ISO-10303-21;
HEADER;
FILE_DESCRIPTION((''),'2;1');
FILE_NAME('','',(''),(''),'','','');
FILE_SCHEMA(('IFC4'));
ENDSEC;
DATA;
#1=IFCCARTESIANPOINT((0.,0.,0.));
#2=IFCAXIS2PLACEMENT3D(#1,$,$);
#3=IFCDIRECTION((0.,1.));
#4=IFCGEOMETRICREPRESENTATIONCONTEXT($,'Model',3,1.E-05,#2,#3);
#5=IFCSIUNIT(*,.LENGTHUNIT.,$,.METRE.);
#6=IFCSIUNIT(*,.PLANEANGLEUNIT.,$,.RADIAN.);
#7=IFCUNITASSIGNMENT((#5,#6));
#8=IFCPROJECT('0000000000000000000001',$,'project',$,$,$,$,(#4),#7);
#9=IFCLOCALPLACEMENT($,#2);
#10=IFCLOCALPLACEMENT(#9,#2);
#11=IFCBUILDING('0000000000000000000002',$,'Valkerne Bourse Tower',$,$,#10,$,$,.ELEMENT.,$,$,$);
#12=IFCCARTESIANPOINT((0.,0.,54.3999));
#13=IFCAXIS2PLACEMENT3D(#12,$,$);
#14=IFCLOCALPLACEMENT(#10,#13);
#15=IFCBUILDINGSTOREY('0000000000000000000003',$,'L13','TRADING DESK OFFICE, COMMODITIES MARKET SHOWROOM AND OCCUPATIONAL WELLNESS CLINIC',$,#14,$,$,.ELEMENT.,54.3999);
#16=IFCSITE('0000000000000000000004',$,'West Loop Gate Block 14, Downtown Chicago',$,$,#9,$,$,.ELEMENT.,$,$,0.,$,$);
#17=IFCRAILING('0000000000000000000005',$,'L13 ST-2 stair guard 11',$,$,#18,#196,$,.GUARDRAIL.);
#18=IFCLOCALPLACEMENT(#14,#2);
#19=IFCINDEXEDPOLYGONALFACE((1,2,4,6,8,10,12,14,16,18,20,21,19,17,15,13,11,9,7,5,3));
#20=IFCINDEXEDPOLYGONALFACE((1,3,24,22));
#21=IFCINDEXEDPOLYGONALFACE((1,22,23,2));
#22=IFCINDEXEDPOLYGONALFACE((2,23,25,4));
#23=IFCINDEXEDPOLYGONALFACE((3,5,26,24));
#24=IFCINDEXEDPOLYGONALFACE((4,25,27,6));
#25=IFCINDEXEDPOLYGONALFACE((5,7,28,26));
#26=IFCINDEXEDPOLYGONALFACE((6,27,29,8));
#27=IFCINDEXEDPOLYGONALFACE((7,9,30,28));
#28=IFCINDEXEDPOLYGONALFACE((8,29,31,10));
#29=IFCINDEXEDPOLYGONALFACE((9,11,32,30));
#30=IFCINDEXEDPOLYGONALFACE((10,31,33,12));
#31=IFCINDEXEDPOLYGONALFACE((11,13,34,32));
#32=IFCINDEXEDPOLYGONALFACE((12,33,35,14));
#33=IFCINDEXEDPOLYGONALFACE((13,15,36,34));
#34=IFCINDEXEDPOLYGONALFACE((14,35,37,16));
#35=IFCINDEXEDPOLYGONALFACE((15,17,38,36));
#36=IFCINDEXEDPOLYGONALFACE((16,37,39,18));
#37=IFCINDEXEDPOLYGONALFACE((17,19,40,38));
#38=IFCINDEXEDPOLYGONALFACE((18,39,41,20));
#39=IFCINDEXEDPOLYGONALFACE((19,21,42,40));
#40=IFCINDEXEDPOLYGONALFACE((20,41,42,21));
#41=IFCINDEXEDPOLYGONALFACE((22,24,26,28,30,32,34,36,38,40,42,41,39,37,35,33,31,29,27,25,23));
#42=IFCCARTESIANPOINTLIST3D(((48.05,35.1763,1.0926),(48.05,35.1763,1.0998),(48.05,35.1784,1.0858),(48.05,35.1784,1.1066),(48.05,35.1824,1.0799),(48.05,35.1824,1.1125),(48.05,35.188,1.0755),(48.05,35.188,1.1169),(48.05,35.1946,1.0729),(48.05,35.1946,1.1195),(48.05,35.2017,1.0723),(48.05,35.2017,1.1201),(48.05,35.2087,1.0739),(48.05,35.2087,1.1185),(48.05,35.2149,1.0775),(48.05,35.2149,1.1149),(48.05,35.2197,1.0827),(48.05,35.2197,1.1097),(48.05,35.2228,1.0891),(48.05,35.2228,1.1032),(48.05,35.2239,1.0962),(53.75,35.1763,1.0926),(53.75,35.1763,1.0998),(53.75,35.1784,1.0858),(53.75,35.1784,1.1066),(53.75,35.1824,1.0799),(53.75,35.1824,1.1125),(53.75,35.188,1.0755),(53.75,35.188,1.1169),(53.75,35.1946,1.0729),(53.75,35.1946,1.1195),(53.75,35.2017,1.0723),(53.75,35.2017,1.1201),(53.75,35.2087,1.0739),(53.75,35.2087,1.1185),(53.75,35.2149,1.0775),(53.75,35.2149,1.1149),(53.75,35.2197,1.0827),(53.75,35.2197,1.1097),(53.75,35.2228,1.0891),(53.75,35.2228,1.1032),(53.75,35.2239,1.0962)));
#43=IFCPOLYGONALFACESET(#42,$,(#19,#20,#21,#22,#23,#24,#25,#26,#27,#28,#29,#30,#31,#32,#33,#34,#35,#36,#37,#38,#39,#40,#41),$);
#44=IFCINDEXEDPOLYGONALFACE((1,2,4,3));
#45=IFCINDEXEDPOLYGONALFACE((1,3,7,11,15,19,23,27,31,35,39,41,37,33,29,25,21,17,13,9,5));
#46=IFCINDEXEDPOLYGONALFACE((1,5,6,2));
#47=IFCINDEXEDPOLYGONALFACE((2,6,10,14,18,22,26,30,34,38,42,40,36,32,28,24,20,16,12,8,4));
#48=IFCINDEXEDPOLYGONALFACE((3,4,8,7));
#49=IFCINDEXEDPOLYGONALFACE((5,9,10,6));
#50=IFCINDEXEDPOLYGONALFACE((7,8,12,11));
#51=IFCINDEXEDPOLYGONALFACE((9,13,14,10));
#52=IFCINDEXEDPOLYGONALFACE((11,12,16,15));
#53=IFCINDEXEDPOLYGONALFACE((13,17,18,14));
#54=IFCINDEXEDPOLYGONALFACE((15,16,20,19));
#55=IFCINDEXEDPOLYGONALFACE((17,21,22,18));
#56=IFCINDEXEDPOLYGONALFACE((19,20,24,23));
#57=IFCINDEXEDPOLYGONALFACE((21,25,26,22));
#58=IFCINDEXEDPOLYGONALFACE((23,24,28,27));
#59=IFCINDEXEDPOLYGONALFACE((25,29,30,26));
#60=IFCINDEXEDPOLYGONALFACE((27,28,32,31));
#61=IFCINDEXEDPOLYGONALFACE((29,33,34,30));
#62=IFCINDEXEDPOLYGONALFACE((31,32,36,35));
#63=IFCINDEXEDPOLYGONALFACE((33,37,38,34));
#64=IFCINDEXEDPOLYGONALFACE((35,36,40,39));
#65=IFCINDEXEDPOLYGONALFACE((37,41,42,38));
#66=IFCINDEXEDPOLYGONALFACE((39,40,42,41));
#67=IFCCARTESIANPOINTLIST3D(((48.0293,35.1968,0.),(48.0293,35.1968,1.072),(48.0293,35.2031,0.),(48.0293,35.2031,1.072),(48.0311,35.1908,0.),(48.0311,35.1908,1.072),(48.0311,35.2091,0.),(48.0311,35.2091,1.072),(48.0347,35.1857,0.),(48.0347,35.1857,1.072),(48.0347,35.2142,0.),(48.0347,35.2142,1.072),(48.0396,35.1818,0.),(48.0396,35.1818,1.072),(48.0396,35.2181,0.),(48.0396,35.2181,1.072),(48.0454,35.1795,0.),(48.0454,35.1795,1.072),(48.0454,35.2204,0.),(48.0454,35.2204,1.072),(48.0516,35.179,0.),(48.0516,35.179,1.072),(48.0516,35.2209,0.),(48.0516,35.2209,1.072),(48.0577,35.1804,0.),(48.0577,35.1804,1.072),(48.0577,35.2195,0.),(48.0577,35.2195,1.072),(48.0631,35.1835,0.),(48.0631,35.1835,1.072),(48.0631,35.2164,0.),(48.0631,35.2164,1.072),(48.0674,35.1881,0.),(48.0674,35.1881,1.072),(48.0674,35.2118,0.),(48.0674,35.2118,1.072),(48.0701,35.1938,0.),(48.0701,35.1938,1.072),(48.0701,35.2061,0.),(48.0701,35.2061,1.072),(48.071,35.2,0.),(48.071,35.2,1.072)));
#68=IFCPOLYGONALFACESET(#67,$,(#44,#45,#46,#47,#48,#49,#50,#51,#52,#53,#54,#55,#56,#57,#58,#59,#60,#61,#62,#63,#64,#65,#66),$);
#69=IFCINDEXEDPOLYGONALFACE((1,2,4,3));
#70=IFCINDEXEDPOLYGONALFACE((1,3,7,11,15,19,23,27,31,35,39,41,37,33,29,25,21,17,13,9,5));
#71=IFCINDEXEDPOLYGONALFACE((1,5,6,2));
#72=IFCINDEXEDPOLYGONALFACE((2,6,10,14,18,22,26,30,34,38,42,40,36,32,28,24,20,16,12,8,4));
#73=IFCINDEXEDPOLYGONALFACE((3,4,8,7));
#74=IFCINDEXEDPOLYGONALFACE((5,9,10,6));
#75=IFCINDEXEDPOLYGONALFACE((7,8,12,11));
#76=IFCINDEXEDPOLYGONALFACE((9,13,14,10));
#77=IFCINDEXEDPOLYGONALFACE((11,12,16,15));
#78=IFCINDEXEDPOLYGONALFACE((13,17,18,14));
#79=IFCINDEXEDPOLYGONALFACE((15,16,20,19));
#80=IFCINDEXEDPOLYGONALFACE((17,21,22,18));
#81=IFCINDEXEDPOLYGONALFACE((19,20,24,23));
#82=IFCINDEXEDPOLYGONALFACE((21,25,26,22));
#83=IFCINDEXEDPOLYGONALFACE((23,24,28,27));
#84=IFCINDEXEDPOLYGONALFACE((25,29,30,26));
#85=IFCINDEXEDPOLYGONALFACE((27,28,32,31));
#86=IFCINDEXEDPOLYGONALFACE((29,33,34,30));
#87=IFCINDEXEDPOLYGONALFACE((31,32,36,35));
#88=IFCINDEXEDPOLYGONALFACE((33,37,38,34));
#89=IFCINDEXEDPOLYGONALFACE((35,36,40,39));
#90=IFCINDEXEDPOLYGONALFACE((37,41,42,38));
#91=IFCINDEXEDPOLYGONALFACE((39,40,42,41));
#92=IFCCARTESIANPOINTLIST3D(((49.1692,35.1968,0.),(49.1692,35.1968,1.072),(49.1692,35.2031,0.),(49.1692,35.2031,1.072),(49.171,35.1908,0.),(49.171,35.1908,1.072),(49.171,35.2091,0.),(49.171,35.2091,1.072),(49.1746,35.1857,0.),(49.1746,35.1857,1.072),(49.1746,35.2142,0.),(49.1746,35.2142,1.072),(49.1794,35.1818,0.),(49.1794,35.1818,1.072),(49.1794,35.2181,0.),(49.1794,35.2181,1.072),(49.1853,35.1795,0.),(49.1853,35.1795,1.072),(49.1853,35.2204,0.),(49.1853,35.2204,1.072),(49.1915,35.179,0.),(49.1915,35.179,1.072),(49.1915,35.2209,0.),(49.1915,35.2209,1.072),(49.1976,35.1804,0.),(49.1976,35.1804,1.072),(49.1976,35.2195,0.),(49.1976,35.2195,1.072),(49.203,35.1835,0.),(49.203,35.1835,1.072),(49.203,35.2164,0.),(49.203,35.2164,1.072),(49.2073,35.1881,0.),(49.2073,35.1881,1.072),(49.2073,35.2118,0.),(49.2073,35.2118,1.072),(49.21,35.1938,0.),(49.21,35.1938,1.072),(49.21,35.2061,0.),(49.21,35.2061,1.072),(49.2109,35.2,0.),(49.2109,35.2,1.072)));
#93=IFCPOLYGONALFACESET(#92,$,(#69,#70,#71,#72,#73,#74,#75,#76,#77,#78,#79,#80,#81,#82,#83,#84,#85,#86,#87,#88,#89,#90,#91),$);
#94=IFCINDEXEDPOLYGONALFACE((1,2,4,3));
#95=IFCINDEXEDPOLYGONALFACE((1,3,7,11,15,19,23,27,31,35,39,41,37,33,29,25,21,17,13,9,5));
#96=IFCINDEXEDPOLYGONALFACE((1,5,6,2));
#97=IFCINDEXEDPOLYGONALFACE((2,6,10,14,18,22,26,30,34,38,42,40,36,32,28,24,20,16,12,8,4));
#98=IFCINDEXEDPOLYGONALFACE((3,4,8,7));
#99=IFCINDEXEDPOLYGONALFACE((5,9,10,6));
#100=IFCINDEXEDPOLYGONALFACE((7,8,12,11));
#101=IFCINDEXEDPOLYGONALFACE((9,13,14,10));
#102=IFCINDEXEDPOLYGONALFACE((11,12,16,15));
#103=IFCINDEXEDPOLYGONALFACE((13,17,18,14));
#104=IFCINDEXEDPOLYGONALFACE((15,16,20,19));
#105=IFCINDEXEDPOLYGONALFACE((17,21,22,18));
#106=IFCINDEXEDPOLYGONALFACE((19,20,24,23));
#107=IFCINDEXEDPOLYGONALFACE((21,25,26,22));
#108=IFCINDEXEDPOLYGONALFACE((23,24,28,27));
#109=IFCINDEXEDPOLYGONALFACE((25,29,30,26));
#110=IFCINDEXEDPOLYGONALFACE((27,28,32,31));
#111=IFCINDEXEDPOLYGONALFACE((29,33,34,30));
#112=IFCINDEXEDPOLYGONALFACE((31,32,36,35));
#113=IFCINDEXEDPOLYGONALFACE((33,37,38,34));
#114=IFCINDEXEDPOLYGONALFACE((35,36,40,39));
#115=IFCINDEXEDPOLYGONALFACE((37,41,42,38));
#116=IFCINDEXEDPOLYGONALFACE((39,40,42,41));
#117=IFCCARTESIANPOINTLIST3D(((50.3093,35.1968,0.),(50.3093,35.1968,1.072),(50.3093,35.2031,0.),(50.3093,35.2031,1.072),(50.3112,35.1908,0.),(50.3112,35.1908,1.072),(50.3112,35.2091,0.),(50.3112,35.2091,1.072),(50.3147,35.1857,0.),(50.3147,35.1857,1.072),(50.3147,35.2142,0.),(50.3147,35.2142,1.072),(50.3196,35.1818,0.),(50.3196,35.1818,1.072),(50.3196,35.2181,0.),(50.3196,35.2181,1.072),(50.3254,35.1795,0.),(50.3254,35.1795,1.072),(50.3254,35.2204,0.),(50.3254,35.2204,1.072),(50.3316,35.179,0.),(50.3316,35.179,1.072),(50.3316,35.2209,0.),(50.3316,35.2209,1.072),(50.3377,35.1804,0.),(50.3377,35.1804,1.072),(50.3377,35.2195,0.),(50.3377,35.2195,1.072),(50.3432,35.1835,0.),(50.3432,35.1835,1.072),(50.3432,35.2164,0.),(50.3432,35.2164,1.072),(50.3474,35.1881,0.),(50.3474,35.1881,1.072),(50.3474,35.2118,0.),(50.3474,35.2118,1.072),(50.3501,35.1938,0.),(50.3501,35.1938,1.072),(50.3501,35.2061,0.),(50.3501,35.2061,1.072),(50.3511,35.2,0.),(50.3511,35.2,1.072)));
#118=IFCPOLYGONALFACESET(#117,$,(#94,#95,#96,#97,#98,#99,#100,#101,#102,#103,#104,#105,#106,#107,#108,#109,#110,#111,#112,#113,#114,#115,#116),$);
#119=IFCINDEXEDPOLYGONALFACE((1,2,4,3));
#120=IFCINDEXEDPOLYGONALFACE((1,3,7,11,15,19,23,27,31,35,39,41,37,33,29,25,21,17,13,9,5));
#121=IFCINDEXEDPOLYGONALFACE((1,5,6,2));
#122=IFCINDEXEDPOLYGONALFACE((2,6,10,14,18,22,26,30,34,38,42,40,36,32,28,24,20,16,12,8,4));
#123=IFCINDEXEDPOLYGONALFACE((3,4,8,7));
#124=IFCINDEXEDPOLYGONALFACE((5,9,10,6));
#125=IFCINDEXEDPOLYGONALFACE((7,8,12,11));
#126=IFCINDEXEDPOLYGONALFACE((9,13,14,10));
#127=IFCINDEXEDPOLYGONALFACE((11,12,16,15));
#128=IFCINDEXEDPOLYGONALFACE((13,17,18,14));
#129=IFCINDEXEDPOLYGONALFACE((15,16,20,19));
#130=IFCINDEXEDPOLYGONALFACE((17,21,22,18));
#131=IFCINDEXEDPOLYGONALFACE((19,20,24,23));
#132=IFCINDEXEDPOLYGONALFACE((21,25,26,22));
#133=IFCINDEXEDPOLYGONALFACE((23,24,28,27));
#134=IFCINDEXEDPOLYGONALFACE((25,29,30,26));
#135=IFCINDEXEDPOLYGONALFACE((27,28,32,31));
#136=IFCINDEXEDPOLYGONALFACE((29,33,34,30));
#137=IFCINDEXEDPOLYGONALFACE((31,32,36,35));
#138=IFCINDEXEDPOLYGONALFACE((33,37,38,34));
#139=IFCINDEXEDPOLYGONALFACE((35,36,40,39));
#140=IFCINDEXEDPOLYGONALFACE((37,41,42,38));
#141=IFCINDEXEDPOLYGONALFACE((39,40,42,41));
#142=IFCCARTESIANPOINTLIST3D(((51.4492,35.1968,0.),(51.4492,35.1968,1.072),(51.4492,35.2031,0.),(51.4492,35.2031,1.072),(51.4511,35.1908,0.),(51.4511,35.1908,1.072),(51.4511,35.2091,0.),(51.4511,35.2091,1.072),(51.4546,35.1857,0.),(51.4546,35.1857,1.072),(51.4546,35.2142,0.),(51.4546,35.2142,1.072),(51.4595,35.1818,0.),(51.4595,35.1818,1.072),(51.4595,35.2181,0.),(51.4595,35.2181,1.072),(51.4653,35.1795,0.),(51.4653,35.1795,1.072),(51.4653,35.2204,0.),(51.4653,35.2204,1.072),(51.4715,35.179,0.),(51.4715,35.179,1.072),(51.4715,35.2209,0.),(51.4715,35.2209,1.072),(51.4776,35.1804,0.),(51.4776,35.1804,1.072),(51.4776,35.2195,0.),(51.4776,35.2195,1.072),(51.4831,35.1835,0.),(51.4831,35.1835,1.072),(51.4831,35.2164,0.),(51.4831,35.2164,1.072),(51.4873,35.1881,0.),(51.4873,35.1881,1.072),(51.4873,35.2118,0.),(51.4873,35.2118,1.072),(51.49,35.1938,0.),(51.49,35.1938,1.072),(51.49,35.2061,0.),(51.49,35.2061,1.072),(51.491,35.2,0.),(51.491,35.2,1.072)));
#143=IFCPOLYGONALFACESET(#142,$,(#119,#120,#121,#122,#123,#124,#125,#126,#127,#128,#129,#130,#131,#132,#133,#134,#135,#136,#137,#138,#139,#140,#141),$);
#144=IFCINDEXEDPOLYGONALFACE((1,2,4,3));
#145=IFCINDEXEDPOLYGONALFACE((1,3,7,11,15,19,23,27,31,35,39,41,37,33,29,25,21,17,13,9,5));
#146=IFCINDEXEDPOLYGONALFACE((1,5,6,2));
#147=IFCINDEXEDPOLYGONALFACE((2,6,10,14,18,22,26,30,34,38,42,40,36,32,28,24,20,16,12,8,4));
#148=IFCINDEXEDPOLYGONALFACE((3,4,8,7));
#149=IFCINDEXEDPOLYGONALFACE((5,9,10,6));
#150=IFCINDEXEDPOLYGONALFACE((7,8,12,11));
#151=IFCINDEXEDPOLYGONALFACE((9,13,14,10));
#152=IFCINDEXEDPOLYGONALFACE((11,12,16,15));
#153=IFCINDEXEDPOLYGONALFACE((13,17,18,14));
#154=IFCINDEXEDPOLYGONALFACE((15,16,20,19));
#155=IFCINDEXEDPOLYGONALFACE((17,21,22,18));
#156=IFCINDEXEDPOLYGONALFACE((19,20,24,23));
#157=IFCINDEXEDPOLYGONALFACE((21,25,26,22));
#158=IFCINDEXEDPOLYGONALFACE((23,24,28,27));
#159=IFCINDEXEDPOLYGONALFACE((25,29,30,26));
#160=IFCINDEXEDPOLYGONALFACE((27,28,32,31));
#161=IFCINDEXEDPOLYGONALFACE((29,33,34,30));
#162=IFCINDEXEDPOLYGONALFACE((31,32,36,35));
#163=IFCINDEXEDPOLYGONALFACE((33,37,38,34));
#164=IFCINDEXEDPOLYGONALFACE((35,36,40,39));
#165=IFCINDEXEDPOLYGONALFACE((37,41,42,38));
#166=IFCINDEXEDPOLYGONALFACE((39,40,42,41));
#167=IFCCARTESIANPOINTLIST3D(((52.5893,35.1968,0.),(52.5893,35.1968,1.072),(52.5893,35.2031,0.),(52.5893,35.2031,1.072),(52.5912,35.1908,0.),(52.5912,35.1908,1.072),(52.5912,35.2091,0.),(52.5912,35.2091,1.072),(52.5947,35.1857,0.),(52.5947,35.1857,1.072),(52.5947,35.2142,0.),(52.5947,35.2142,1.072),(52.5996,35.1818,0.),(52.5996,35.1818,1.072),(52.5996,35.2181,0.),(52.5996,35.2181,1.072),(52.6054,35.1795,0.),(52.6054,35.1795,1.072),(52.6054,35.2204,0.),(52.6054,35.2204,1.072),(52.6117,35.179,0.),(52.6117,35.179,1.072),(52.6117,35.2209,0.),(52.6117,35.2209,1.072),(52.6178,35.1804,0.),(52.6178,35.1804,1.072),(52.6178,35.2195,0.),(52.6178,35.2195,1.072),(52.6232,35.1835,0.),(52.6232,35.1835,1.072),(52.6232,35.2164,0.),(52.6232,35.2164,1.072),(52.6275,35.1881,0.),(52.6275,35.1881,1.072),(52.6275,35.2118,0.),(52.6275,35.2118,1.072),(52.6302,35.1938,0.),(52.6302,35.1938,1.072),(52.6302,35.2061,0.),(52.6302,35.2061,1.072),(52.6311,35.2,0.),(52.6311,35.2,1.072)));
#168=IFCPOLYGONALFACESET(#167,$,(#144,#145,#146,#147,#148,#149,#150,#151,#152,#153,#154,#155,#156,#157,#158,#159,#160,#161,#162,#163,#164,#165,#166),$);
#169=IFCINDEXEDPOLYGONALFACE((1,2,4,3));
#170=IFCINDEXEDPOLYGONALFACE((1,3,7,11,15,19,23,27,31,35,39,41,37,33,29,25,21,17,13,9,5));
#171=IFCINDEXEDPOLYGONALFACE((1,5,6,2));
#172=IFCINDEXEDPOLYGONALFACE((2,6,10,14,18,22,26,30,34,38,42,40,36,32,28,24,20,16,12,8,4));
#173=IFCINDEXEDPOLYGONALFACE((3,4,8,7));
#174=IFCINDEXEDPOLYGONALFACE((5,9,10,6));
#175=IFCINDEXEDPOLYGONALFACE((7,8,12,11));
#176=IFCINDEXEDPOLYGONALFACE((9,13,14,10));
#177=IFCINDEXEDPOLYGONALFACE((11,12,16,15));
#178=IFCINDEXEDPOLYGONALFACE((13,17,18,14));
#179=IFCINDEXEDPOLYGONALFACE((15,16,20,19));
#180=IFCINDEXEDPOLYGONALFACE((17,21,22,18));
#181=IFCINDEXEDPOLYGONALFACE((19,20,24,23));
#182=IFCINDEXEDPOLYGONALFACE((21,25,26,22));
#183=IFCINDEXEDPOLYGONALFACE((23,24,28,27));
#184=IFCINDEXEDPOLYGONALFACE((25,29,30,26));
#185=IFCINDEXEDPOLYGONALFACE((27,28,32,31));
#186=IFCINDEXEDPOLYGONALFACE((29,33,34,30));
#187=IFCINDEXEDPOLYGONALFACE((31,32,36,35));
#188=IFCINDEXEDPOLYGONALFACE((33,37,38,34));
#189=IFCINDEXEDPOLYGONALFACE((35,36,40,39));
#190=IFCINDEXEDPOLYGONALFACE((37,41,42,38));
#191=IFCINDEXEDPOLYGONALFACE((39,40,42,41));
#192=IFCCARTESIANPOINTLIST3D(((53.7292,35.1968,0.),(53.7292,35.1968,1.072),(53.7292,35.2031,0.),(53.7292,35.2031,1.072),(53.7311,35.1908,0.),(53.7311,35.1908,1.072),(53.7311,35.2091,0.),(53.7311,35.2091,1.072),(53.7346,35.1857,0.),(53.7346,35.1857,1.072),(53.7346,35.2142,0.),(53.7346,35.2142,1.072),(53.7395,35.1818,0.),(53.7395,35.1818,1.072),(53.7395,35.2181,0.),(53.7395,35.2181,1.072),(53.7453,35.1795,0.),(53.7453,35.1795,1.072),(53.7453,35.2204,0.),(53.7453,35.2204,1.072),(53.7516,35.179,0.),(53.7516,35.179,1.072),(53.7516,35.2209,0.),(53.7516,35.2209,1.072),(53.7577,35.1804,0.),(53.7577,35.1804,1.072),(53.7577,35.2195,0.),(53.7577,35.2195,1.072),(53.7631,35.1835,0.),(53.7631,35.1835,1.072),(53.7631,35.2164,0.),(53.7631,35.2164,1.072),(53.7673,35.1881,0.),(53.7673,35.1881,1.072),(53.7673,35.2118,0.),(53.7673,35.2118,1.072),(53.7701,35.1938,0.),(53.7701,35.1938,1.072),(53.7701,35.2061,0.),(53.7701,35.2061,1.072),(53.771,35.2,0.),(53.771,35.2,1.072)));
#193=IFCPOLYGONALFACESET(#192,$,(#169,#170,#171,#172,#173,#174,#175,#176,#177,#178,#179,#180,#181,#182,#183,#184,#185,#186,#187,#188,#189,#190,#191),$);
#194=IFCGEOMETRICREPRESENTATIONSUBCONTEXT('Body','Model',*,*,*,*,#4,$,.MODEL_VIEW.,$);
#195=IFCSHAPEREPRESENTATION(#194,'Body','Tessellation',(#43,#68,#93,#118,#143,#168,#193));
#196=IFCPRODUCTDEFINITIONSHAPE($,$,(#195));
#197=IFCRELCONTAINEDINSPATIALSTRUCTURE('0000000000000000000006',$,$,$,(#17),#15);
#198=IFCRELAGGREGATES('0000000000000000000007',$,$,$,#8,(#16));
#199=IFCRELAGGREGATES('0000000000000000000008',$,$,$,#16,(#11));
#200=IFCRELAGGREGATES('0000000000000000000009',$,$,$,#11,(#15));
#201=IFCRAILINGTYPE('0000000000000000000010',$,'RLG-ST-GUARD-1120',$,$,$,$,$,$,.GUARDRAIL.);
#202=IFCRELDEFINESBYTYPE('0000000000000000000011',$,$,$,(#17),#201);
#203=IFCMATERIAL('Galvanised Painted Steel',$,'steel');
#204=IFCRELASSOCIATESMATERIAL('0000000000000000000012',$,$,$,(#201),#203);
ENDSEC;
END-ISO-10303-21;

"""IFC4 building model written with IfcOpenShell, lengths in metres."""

from ifc_helpers import new_model, si_unit, direction, frame, origin, origin_2d, place, context, subcontext, project, spatial, circle, extrude, material, type_object, element, save


model = new_model("IFC4")

# Units and contexts
model_context = context("Model", 3, precision=1e-05, world=origin(), true_north=direction((0.0, 1.0)))
body_context = subcontext(model_context, "Body", "Model", "MODEL_VIEW")
ifc_project = project(units=[si_unit("LENGTHUNIT", "METRE"), si_unit("PLANEANGLEUNIT", "RADIAN")], contexts=[model_context])

# Site, building, storey
site_placement = place(None, origin())
site = spatial("IfcSite", under=ifc_project, at=site_placement, Name="West Loop Gate Block 14, Downtown Chicago", CompositionType="ELEMENT", RefElevation=0.0)
building_placement = place(site_placement, origin())
building = spatial("IfcBuilding", under=site, at=building_placement, Name="Valkerne Bourse Tower", CompositionType="ELEMENT")
storey_placement = place(building_placement, frame((0.0, 0.0, 54.3999)))
storey = spatial("IfcBuildingStorey", under=building, at=storey_placement, Name="L13", Description="TRADING DESK OFFICE, COMMODITIES MARKET SHOWROOM AND OCCUPATIONAL WELLNESS CLINIC", CompositionType="ELEMENT", Elevation=54.3999)

# Shared definitions
ifc_material_1 = material(Name="Galvanised Painted Steel", Category="steel")

# Railing
railing_type_1 = type_object("IfcRailingType", Name="RLG-ST-GUARD-1120", PredefinedType="GUARDRAIL", material=ifc_material_1)
for number, where, name in (
    (1, (48.05, 35.2, 0.0), "L13 ST-2 stair guard 11"),
):
    element("IfcRailing", number, at=place(storey_placement, frame(where)), inside=storey, type_object=railing_type_1, Name=name, PredefinedType="GUARDRAIL", context=body_context, shape_type="SweptSolid", body=[
        extrude(circle(Radius=0.0239, at=origin_2d()), frame((0.0, 0.0, 1.0962), z_axis=(1.0, 0.0, 0.0), x_axis=(0.0, 1.0, 0.0)), (0.0, 0.0, 1.0), 5.7),
        extrude(circle(Radius=0.021, at=origin_2d()), origin(), (0.0, 0.0, 1.0), 1.072),
        extrude(circle(Radius=0.021, at=origin_2d()), frame((1.1399, 0.0, 0.0)), (0.0, 0.0, 1.0), 1.072),
        extrude(circle(Radius=0.021, at=origin_2d()), frame((2.28, 0.0, 0.0)), (0.0, 0.0, 1.0), 1.072),
        extrude(circle(Radius=0.021, at=origin_2d()), frame((3.4199, 0.0, 0.0)), (0.0, 0.0, 1.0), 1.072),
        extrude(circle(Radius=0.021, at=origin_2d()), frame((4.5601, 0.0, 0.0)), (0.0, 0.0, 1.0), 1.072),
        extrude(circle(Radius=0.021, at=origin_2d()), frame((5.7, 0.0, 0.0)), (0.0, 0.0, 1.0), 1.072),
    ])

save(model, "model.ifc")
